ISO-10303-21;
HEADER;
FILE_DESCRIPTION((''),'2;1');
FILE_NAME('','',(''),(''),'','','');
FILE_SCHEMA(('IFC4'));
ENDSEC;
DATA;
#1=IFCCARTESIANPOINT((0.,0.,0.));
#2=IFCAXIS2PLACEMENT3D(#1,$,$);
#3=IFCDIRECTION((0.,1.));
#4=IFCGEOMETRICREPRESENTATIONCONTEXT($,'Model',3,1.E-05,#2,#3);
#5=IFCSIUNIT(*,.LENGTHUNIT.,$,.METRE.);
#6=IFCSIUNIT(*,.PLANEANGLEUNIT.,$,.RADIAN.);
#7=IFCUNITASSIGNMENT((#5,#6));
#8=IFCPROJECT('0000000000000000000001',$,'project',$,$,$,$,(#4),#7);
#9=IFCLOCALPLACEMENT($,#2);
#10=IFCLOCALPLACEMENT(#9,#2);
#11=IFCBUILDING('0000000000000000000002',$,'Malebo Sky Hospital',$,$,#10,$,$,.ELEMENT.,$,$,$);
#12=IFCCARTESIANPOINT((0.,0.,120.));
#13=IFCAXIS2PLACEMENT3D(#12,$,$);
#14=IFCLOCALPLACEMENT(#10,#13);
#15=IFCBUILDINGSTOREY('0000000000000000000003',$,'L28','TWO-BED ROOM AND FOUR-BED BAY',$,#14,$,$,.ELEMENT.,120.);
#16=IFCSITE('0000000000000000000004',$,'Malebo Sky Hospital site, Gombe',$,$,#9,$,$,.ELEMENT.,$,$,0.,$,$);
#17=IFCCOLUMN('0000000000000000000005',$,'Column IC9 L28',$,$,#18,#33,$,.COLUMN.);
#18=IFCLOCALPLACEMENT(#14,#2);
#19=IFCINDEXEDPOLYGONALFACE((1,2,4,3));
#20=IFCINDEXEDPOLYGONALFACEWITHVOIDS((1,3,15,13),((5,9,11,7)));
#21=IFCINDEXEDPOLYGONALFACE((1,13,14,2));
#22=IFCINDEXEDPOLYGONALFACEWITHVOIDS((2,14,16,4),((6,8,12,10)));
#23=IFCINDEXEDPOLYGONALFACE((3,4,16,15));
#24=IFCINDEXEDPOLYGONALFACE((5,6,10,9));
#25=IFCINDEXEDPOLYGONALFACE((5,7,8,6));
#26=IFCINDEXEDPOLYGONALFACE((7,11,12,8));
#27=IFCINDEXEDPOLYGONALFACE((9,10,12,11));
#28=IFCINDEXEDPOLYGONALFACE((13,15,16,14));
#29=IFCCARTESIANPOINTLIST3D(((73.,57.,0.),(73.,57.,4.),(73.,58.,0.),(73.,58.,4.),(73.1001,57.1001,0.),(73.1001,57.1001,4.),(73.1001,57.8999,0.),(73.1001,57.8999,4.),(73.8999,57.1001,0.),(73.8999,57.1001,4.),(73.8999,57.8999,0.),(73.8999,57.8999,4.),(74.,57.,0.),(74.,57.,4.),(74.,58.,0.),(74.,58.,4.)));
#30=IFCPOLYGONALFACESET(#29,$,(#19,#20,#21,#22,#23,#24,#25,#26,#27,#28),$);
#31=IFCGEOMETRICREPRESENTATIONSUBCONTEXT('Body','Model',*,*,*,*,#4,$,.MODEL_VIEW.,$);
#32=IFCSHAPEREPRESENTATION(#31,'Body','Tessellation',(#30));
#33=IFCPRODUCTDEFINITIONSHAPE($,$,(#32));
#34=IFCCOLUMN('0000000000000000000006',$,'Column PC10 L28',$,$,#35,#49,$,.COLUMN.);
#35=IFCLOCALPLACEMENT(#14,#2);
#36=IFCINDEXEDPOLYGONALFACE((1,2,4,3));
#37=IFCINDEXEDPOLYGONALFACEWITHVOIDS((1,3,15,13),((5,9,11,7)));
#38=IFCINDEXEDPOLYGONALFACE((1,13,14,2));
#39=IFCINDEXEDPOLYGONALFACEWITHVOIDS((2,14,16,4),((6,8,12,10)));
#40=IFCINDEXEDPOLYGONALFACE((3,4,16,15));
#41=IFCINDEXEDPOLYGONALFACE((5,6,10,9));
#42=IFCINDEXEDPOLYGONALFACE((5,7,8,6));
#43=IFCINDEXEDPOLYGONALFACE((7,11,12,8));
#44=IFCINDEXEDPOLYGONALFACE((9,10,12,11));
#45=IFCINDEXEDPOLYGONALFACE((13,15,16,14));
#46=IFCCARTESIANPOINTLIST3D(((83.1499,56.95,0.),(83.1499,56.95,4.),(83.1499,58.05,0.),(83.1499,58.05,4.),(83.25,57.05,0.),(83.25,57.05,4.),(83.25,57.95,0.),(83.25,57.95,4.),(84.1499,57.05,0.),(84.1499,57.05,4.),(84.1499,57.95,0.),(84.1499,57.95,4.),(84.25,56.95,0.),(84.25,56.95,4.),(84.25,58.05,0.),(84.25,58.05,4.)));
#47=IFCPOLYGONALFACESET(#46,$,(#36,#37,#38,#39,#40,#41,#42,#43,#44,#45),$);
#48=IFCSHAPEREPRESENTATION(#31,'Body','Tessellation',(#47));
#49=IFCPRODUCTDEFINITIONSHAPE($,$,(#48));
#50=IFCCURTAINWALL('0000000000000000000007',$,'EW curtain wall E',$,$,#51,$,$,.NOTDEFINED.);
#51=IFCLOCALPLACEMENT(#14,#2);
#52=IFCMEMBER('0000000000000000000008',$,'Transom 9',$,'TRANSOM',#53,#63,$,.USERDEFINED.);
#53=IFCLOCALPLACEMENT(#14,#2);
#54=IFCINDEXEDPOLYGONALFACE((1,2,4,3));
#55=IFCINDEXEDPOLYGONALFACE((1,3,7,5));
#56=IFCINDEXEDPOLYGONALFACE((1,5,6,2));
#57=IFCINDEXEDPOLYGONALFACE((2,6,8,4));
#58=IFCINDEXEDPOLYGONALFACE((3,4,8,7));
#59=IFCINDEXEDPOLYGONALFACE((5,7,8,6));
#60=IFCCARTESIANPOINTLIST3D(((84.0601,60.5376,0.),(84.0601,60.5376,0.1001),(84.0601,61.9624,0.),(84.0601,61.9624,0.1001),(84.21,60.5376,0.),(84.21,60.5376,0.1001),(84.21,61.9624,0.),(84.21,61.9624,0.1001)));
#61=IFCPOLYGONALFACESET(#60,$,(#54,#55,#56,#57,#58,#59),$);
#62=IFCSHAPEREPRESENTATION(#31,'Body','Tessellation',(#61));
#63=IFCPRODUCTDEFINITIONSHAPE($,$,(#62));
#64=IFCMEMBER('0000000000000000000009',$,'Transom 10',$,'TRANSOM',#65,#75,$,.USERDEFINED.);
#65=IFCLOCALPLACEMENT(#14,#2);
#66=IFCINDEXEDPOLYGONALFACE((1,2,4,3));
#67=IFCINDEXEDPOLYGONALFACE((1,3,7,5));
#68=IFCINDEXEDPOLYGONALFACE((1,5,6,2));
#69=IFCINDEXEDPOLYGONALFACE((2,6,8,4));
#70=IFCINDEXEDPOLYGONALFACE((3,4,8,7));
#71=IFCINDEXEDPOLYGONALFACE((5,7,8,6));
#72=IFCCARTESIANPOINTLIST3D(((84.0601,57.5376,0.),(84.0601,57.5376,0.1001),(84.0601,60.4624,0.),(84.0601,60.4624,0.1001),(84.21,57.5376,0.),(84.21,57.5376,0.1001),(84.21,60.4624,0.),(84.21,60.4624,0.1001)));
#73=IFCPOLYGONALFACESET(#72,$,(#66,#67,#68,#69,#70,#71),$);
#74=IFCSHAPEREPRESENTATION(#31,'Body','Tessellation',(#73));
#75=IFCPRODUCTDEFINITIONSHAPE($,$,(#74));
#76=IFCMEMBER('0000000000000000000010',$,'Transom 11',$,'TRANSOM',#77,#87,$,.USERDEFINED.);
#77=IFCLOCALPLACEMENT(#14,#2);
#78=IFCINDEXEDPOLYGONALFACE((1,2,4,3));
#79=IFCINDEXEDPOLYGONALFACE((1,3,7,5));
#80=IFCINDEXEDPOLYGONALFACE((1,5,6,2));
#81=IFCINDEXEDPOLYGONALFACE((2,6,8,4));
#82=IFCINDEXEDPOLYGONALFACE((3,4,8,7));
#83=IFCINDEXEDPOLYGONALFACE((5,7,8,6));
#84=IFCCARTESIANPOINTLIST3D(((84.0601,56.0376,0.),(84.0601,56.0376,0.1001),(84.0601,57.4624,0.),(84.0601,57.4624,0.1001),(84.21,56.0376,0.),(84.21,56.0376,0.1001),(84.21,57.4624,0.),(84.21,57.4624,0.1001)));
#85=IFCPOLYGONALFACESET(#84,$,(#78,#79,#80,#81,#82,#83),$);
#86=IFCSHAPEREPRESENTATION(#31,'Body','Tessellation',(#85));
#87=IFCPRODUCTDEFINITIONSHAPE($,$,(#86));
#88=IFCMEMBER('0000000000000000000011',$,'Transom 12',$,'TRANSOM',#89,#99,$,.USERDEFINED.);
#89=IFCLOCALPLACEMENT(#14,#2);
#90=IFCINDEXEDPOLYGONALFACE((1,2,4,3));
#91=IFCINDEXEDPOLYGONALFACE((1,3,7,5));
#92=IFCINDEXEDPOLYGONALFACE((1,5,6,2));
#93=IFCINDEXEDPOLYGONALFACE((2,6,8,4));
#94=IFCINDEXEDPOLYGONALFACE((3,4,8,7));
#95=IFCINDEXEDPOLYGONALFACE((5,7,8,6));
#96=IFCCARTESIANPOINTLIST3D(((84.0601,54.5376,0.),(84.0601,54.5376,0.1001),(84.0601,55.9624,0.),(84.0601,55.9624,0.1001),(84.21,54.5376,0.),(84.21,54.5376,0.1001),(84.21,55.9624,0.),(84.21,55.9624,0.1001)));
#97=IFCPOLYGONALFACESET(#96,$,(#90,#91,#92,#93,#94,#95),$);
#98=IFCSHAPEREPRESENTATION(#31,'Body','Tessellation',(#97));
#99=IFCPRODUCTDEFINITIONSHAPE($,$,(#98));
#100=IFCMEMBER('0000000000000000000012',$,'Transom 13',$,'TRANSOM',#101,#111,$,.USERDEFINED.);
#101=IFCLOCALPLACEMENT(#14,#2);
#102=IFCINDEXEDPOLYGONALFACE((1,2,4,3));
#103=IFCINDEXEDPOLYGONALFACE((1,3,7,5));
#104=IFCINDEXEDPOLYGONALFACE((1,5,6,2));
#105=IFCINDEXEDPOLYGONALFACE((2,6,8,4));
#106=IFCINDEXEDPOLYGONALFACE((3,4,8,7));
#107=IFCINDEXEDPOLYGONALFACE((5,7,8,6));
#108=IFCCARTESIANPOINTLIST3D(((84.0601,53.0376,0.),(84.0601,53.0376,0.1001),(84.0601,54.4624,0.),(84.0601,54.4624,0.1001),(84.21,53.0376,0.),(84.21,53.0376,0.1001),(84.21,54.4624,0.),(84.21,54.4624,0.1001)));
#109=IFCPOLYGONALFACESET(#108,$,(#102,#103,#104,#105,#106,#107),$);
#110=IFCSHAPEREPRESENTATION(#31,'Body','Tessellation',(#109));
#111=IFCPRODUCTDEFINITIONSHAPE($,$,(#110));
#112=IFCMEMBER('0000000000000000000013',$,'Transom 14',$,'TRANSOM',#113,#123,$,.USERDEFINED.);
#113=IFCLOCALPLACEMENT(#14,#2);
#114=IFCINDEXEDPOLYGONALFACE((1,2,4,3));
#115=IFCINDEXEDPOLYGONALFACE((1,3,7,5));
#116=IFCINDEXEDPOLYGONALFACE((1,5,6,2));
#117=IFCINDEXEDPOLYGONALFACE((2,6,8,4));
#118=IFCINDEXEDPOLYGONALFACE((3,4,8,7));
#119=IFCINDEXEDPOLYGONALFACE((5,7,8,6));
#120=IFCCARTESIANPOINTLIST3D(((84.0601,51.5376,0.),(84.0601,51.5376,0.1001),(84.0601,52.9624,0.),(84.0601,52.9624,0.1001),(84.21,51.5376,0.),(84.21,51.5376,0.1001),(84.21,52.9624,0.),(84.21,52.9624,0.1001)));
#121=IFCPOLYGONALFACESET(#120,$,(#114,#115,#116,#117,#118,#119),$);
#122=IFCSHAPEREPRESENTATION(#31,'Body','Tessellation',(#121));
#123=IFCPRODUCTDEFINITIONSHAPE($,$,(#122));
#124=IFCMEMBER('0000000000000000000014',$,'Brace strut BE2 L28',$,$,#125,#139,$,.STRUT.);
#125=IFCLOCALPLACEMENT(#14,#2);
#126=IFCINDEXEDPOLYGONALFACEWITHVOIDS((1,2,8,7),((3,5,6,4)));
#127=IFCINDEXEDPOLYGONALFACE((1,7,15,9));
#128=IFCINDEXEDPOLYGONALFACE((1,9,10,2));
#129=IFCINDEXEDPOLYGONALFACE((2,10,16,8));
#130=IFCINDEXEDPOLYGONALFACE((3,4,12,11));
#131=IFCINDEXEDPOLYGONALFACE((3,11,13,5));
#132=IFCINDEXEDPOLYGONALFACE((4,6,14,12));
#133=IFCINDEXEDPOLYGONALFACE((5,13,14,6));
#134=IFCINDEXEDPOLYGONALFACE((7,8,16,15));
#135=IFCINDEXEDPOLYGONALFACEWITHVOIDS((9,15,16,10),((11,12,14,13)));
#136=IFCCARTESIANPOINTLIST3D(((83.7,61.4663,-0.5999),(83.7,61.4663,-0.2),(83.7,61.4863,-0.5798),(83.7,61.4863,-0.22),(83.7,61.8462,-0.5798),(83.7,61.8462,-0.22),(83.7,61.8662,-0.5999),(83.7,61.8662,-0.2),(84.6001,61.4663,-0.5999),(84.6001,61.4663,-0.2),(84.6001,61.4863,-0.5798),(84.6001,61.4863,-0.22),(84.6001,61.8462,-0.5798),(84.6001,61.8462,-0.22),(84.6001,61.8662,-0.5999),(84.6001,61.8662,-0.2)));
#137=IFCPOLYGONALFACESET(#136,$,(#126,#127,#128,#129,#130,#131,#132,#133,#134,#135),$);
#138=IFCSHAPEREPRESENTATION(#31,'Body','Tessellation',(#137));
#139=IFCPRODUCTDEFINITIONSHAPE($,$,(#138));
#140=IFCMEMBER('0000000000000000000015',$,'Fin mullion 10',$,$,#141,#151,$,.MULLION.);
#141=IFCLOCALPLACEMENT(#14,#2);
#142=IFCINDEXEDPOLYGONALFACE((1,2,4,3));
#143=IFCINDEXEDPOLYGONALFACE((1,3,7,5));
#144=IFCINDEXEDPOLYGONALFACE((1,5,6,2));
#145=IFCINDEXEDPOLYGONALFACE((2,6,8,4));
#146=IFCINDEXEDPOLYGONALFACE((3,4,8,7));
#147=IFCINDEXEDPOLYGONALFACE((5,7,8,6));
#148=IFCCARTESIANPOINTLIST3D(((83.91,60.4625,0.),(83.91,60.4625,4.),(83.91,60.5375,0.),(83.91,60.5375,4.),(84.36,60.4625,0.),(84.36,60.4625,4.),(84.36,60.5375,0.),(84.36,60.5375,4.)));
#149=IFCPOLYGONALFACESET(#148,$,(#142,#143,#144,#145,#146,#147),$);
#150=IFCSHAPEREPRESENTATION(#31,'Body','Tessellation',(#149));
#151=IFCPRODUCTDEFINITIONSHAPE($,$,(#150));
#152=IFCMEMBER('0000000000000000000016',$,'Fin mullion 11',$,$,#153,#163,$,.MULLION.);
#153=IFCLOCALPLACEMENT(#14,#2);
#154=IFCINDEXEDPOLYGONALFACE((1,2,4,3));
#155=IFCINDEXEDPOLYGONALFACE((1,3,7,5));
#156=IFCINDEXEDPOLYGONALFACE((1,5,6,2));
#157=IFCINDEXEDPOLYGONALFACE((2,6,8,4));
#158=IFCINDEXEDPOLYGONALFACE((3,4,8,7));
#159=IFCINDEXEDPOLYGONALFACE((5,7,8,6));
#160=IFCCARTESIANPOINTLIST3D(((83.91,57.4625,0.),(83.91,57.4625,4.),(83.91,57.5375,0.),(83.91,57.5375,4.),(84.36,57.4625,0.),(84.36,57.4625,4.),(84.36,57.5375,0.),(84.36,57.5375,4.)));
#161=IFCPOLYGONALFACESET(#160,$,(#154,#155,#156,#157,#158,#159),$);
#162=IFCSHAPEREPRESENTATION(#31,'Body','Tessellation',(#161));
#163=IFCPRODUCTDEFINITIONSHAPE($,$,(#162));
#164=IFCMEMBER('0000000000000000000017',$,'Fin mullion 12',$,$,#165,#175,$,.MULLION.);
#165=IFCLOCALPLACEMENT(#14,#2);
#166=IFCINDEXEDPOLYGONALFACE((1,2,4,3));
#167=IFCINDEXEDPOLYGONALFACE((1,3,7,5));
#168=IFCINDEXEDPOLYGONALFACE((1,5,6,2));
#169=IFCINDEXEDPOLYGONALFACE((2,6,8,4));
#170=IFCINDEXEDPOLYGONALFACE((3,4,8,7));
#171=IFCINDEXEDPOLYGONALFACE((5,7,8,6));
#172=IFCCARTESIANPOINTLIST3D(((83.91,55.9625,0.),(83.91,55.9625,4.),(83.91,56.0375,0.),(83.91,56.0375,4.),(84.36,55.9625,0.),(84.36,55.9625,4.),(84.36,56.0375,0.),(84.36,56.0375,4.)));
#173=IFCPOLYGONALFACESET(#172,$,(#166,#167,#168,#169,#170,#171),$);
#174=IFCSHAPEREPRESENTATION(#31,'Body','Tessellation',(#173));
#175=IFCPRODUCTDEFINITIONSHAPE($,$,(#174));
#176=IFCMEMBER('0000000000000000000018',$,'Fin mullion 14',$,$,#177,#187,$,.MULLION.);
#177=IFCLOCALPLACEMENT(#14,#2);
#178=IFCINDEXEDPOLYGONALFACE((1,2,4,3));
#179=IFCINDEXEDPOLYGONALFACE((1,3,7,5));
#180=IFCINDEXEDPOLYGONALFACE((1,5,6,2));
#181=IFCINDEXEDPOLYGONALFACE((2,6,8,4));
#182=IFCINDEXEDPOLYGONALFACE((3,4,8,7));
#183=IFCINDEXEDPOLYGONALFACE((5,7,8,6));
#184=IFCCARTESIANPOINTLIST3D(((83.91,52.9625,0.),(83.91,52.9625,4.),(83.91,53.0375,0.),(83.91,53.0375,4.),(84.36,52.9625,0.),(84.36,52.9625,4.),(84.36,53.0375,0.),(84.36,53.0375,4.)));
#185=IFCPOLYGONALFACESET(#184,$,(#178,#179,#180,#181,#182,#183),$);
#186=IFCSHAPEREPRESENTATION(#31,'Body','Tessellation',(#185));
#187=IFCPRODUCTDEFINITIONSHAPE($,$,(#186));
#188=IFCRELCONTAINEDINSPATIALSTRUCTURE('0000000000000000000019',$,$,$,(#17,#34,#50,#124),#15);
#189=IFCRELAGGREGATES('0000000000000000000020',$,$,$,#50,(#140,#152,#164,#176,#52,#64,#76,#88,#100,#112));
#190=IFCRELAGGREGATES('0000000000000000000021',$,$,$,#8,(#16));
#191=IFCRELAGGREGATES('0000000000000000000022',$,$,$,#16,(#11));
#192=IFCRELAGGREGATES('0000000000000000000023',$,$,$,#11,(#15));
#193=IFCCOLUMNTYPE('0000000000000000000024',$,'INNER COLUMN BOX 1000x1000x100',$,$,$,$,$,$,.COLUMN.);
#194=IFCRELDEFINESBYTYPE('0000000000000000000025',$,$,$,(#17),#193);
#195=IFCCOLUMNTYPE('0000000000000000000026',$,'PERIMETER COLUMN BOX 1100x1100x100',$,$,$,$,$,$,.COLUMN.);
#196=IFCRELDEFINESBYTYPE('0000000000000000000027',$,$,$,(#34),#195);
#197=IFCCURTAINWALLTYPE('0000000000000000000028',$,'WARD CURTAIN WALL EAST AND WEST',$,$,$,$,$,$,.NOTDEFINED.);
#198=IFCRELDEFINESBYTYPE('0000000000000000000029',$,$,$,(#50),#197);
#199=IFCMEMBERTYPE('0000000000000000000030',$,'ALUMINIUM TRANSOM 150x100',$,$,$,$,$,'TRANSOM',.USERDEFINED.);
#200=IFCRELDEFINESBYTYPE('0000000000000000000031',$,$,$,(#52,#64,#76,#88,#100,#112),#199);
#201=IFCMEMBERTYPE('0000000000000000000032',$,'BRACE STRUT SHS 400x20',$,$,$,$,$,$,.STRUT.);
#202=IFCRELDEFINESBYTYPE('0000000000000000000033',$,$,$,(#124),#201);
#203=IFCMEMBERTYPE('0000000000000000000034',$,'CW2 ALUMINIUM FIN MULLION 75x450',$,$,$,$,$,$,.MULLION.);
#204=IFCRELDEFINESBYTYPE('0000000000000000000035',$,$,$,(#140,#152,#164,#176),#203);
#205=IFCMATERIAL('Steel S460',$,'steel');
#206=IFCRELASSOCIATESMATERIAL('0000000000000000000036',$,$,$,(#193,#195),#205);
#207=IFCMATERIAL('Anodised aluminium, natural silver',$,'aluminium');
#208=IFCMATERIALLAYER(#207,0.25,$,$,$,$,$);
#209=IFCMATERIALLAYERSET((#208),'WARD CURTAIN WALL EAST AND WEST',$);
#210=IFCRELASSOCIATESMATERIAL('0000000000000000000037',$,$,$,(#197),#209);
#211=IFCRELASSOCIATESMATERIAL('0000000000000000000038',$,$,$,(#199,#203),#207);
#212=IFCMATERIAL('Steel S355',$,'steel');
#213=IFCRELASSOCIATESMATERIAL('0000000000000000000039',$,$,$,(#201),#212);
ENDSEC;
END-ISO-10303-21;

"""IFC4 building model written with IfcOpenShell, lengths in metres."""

from ifc_helpers import new_model, si_unit, direction, frame, origin, origin_2d, place, context, subcontext, project, spatial, rectangle, hollow_rectangle, extrude, material, layer, layer_set, material_profile, profile_set, type_object, element, aggregate, save


model = new_model("IFC4")

# Units and contexts
model_context = context("Model", 3, precision=1e-05, world=origin(), true_north=direction((0.0, 1.0)))
body_context = subcontext(model_context, "Body", "Model", "MODEL_VIEW")
ifc_project = project(units=[si_unit("LENGTHUNIT", "METRE"), si_unit("PLANEANGLEUNIT", "RADIAN")], contexts=[model_context])

# Site, building, storey
site_placement = place(None, origin())
site = spatial("IfcSite", under=ifc_project, at=site_placement, Name="Malebo Sky Hospital site, Gombe", CompositionType="ELEMENT", RefElevation=0.0)
building_placement = place(site_placement, origin())
building = spatial("IfcBuilding", under=site, at=building_placement, Name="Malebo Sky Hospital", CompositionType="ELEMENT")
storey_placement = place(building_placement, frame((0.0, 0.0, 120.0)))
storey = spatial("IfcBuildingStorey", under=building, at=storey_placement, Name="L28", Description="TWO-BED ROOM AND FOUR-BED BAY", CompositionType="ELEMENT", Elevation=120.0)

# Columns
ifc_material_1 = material(Name="Steel S460", Category="steel")
ifc_material_profile_1 = material_profile(ifc_material_1, hollow_rectangle(XDim=1.0, YDim=1.0, WallThickness=0.1001, at=origin_2d()), Name="BOX 1000x1000x100")
ifc_profile_set_1 = profile_set([ifc_material_profile_1], Name="Steel S460")
column_type_1 = type_object("IfcColumnType", Name="INNER COLUMN BOX 1000x1000x100", PredefinedType="COLUMN", material=ifc_profile_set_1)
column_1_placement = place(storey_placement, frame((73.5, 57.5, 0.0), z_axis=(0.0, 0.0, 1.0), x_axis=(1.0, 0.0, 0.0)))
element("IfcColumn", 1, at=column_1_placement, inside=storey, type_object=column_type_1, Name="Column IC9 L28", PredefinedType="COLUMN", context=body_context, shape_type="SweptSolid", body=[
    extrude(hollow_rectangle(XDim=1.0, YDim=1.0, WallThickness=0.1001, at=origin_2d()), origin(), (0.0, 0.0, 1.0), 4.0),
])
ifc_material_profile_2 = material_profile(ifc_material_1, hollow_rectangle(XDim=1.1001, YDim=1.1001, WallThickness=0.1001, at=origin_2d()), Name="BOX 1100x1100x100")
ifc_profile_set_2 = profile_set([ifc_material_profile_2], Name="Steel S460")
column_type_2 = type_object("IfcColumnType", Name="PERIMETER COLUMN BOX 1100x1100x100", PredefinedType="COLUMN", material=ifc_profile_set_2)
column_2_placement = place(storey_placement, frame((83.7, 57.5, 0.0), z_axis=(0.0, 0.0, 1.0), x_axis=(1.0, 0.0, 0.0)))
element("IfcColumn", 2, at=column_2_placement, inside=storey, type_object=column_type_2, Name="Column PC10 L28", PredefinedType="COLUMN", context=body_context, shape_type="SweptSolid", body=[
    extrude(hollow_rectangle(XDim=1.1001, YDim=1.1001, WallThickness=0.1001, at=origin_2d()), origin(), (0.0, 0.0, 1.0), 4.0),
])

# Curtain wall, members
ifc_material_2 = material(Name="Anodised aluminium, natural silver", Category="aluminium")
ifc_layer_1 = layer(ifc_material_2, 0.25)
ifc_layer_set_1 = layer_set([ifc_layer_1], Name="WARD CURTAIN WALL EAST AND WEST")
curtain_wall_type = type_object("IfcCurtainWallType", Name="WARD CURTAIN WALL EAST AND WEST", PredefinedType="NOTDEFINED", material=ifc_layer_set_1)
curtain_wall_placement = place(storey_placement, origin())
curtain_wall = element("IfcCurtainWall", 3, at=curtain_wall_placement, inside=storey, type_object=curtain_wall_type, Name="EW curtain wall E", PredefinedType="NOTDEFINED")
ifc_material_profile_3 = material_profile(ifc_material_2, rectangle(XDim=0.1499, YDim=0.1001, at=origin_2d()), Name="ALUMINIUM TRANSOM 150x100")
ifc_profile_set_3 = profile_set([ifc_material_profile_3], Name="Anodised aluminium, natural silver")
member_type_1 = type_object("IfcMemberType", Name="ALUMINIUM TRANSOM 150x100", ElementType="TRANSOM", PredefinedType="USERDEFINED", material=ifc_profile_set_3)
member_1_placement = place(storey_placement, frame((84.135, 61.9624, 0.05), z_axis=(0.0, -1.0, 0.0), x_axis=(1.0, 0.0, 0.0)))
member_1 = element("IfcMember", 4, at=member_1_placement, type_object=member_type_1, Name="Transom 9", ObjectType="TRANSOM", PredefinedType="USERDEFINED", context=body_context, shape_type="SweptSolid", body=[
    extrude(rectangle(XDim=0.1499, YDim=0.1001, at=origin_2d()), origin(), (0.0, 0.0, 1.0), 1.4248),
])
member_2_placement = place(storey_placement, frame((84.135, 60.4624, 0.05), z_axis=(0.0, -1.0, 0.0), x_axis=(1.0, 0.0, 0.0)))
member_2 = element("IfcMember", 5, at=member_2_placement, type_object=member_type_1, Name="Transom 10", ObjectType="TRANSOM", PredefinedType="USERDEFINED", context=body_context, shape_type="SweptSolid", body=[
    extrude(rectangle(XDim=0.1499, YDim=0.1001, at=origin_2d()), origin(), (0.0, 0.0, 1.0), 2.9248),
])
member_3_placement = place(storey_placement, frame((84.135, 57.4624, 0.05), z_axis=(0.0, -1.0, 0.0), x_axis=(1.0, 0.0, 0.0)))
member_3 = element("IfcMember", 6, at=member_3_placement, type_object=member_type_1, Name="Transom 11", ObjectType="TRANSOM", PredefinedType="USERDEFINED", context=body_context, shape_type="SweptSolid", body=[
    extrude(rectangle(XDim=0.1499, YDim=0.1001, at=origin_2d()), origin(), (0.0, 0.0, 1.0), 1.4248),
])
member_4_placement = place(storey_placement, frame((84.135, 55.9624, 0.05), z_axis=(0.0, -1.0, 0.0), x_axis=(1.0, 0.0, 0.0)))
member_4 = element("IfcMember", 7, at=member_4_placement, type_object=member_type_1, Name="Transom 12", ObjectType="TRANSOM", PredefinedType="USERDEFINED", context=body_context, shape_type="SweptSolid", body=[
    extrude(rectangle(XDim=0.1499, YDim=0.1001, at=origin_2d()), origin(), (0.0, 0.0, 1.0), 1.4248),
])
member_5_placement = place(storey_placement, frame((84.135, 54.4624, 0.05), z_axis=(0.0, -1.0, 0.0), x_axis=(1.0, 0.0, 0.0)))
member_5 = element("IfcMember", 8, at=member_5_placement, type_object=member_type_1, Name="Transom 13", ObjectType="TRANSOM", PredefinedType="USERDEFINED", context=body_context, shape_type="SweptSolid", body=[
    extrude(rectangle(XDim=0.1499, YDim=0.1001, at=origin_2d()), origin(), (0.0, 0.0, 1.0), 1.4248),
])
member_6_placement = place(storey_placement, frame((84.135, 52.9624, 0.05), z_axis=(0.0, -1.0, 0.0), x_axis=(1.0, 0.0, 0.0)))
member_6 = element("IfcMember", 9, at=member_6_placement, type_object=member_type_1, Name="Transom 14", ObjectType="TRANSOM", PredefinedType="USERDEFINED", context=body_context, shape_type="SweptSolid", body=[
    extrude(rectangle(XDim=0.1499, YDim=0.1001, at=origin_2d()), origin(), (0.0, 0.0, 1.0), 1.4248),
])

# Members
ifc_material_3 = material(Name="Steel S355", Category="steel")
ifc_material_profile_4 = material_profile(ifc_material_3, hollow_rectangle(XDim=0.3999, YDim=0.3999, WallThickness=0.02, at=origin_2d()), Name="SHS 400x20")
ifc_profile_set_4 = profile_set([ifc_material_profile_4], Name="Steel S355")
member_type_2 = type_object("IfcMemberType", Name="BRACE STRUT SHS 400x20", PredefinedType="STRUT", material=ifc_profile_set_4)
member_7_placement = place(storey_placement, frame((84.6001, 61.6663, -0.3999), z_axis=(-1.0, 0.0, 0.0), x_axis=(0.0, -1.0, 0.0)))
element("IfcMember", 10, at=member_7_placement, inside=storey, type_object=member_type_2, Name="Brace strut BE2 L28", PredefinedType="STRUT", context=body_context, shape_type="SweptSolid", body=[
    extrude(hollow_rectangle(XDim=0.3999, YDim=0.3999, WallThickness=0.02, at=origin_2d()), origin(), (0.0, 0.0, 1.0), 0.9001),
])
ifc_material_profile_5 = material_profile(ifc_material_2, rectangle(XDim=0.075, YDim=0.45, at=origin_2d()), Name="CW2 ALUMINIUM FIN MULLION 75x450")
ifc_profile_set_5 = profile_set([ifc_material_profile_5], Name="Anodised aluminium, natural silver")
member_type_3 = type_object("IfcMemberType", Name="CW2 ALUMINIUM FIN MULLION 75x450", PredefinedType="MULLION", material=ifc_profile_set_5)
member_8_placement = place(storey_placement, frame((84.135, 60.5, 0.0), z_axis=(0.0, 0.0, 1.0), x_axis=(0.0, -1.0, 0.0)))
member_8 = element("IfcMember", 11, at=member_8_placement, type_object=member_type_3, Name="Fin mullion 10", PredefinedType="MULLION", context=body_context, shape_type="SweptSolid", body=[
    extrude(rectangle(XDim=0.075, YDim=0.45, at=origin_2d()), origin(), (0.0, 0.0, 1.0), 4.0),
])
member_9_placement = place(storey_placement, frame((84.135, 57.5, 0.0), z_axis=(0.0, 0.0, 1.0), x_axis=(0.0, -1.0, 0.0)))
member_9 = element("IfcMember", 12, at=member_9_placement, type_object=member_type_3, Name="Fin mullion 11", PredefinedType="MULLION", context=body_context, shape_type="SweptSolid", body=[
    extrude(rectangle(XDim=0.075, YDim=0.45, at=origin_2d()), origin(), (0.0, 0.0, 1.0), 4.0),
])
member_10_placement = place(storey_placement, frame((84.135, 56.0, 0.0), z_axis=(0.0, 0.0, 1.0), x_axis=(0.0, -1.0, 0.0)))
member_10 = element("IfcMember", 13, at=member_10_placement, type_object=member_type_3, Name="Fin mullion 12", PredefinedType="MULLION", context=body_context, shape_type="SweptSolid", body=[
    extrude(rectangle(XDim=0.075, YDim=0.45, at=origin_2d()), origin(), (0.0, 0.0, 1.0), 4.0),
])
member_11_placement = place(storey_placement, frame((84.135, 53.0, 0.0), z_axis=(0.0, 0.0, 1.0), x_axis=(0.0, -1.0, 0.0)))
member_11 = element("IfcMember", 14, at=member_11_placement, type_object=member_type_3, Name="Fin mullion 14", PredefinedType="MULLION", context=body_context, shape_type="SweptSolid", body=[
    extrude(rectangle(XDim=0.075, YDim=0.45, at=origin_2d()), origin(), (0.0, 0.0, 1.0), 4.0),
])

aggregate(curtain_wall, [member_8, member_9, member_10, member_11, member_1, member_2, member_3, member_4, member_5, member_6])

save(model, "model.ifc")
